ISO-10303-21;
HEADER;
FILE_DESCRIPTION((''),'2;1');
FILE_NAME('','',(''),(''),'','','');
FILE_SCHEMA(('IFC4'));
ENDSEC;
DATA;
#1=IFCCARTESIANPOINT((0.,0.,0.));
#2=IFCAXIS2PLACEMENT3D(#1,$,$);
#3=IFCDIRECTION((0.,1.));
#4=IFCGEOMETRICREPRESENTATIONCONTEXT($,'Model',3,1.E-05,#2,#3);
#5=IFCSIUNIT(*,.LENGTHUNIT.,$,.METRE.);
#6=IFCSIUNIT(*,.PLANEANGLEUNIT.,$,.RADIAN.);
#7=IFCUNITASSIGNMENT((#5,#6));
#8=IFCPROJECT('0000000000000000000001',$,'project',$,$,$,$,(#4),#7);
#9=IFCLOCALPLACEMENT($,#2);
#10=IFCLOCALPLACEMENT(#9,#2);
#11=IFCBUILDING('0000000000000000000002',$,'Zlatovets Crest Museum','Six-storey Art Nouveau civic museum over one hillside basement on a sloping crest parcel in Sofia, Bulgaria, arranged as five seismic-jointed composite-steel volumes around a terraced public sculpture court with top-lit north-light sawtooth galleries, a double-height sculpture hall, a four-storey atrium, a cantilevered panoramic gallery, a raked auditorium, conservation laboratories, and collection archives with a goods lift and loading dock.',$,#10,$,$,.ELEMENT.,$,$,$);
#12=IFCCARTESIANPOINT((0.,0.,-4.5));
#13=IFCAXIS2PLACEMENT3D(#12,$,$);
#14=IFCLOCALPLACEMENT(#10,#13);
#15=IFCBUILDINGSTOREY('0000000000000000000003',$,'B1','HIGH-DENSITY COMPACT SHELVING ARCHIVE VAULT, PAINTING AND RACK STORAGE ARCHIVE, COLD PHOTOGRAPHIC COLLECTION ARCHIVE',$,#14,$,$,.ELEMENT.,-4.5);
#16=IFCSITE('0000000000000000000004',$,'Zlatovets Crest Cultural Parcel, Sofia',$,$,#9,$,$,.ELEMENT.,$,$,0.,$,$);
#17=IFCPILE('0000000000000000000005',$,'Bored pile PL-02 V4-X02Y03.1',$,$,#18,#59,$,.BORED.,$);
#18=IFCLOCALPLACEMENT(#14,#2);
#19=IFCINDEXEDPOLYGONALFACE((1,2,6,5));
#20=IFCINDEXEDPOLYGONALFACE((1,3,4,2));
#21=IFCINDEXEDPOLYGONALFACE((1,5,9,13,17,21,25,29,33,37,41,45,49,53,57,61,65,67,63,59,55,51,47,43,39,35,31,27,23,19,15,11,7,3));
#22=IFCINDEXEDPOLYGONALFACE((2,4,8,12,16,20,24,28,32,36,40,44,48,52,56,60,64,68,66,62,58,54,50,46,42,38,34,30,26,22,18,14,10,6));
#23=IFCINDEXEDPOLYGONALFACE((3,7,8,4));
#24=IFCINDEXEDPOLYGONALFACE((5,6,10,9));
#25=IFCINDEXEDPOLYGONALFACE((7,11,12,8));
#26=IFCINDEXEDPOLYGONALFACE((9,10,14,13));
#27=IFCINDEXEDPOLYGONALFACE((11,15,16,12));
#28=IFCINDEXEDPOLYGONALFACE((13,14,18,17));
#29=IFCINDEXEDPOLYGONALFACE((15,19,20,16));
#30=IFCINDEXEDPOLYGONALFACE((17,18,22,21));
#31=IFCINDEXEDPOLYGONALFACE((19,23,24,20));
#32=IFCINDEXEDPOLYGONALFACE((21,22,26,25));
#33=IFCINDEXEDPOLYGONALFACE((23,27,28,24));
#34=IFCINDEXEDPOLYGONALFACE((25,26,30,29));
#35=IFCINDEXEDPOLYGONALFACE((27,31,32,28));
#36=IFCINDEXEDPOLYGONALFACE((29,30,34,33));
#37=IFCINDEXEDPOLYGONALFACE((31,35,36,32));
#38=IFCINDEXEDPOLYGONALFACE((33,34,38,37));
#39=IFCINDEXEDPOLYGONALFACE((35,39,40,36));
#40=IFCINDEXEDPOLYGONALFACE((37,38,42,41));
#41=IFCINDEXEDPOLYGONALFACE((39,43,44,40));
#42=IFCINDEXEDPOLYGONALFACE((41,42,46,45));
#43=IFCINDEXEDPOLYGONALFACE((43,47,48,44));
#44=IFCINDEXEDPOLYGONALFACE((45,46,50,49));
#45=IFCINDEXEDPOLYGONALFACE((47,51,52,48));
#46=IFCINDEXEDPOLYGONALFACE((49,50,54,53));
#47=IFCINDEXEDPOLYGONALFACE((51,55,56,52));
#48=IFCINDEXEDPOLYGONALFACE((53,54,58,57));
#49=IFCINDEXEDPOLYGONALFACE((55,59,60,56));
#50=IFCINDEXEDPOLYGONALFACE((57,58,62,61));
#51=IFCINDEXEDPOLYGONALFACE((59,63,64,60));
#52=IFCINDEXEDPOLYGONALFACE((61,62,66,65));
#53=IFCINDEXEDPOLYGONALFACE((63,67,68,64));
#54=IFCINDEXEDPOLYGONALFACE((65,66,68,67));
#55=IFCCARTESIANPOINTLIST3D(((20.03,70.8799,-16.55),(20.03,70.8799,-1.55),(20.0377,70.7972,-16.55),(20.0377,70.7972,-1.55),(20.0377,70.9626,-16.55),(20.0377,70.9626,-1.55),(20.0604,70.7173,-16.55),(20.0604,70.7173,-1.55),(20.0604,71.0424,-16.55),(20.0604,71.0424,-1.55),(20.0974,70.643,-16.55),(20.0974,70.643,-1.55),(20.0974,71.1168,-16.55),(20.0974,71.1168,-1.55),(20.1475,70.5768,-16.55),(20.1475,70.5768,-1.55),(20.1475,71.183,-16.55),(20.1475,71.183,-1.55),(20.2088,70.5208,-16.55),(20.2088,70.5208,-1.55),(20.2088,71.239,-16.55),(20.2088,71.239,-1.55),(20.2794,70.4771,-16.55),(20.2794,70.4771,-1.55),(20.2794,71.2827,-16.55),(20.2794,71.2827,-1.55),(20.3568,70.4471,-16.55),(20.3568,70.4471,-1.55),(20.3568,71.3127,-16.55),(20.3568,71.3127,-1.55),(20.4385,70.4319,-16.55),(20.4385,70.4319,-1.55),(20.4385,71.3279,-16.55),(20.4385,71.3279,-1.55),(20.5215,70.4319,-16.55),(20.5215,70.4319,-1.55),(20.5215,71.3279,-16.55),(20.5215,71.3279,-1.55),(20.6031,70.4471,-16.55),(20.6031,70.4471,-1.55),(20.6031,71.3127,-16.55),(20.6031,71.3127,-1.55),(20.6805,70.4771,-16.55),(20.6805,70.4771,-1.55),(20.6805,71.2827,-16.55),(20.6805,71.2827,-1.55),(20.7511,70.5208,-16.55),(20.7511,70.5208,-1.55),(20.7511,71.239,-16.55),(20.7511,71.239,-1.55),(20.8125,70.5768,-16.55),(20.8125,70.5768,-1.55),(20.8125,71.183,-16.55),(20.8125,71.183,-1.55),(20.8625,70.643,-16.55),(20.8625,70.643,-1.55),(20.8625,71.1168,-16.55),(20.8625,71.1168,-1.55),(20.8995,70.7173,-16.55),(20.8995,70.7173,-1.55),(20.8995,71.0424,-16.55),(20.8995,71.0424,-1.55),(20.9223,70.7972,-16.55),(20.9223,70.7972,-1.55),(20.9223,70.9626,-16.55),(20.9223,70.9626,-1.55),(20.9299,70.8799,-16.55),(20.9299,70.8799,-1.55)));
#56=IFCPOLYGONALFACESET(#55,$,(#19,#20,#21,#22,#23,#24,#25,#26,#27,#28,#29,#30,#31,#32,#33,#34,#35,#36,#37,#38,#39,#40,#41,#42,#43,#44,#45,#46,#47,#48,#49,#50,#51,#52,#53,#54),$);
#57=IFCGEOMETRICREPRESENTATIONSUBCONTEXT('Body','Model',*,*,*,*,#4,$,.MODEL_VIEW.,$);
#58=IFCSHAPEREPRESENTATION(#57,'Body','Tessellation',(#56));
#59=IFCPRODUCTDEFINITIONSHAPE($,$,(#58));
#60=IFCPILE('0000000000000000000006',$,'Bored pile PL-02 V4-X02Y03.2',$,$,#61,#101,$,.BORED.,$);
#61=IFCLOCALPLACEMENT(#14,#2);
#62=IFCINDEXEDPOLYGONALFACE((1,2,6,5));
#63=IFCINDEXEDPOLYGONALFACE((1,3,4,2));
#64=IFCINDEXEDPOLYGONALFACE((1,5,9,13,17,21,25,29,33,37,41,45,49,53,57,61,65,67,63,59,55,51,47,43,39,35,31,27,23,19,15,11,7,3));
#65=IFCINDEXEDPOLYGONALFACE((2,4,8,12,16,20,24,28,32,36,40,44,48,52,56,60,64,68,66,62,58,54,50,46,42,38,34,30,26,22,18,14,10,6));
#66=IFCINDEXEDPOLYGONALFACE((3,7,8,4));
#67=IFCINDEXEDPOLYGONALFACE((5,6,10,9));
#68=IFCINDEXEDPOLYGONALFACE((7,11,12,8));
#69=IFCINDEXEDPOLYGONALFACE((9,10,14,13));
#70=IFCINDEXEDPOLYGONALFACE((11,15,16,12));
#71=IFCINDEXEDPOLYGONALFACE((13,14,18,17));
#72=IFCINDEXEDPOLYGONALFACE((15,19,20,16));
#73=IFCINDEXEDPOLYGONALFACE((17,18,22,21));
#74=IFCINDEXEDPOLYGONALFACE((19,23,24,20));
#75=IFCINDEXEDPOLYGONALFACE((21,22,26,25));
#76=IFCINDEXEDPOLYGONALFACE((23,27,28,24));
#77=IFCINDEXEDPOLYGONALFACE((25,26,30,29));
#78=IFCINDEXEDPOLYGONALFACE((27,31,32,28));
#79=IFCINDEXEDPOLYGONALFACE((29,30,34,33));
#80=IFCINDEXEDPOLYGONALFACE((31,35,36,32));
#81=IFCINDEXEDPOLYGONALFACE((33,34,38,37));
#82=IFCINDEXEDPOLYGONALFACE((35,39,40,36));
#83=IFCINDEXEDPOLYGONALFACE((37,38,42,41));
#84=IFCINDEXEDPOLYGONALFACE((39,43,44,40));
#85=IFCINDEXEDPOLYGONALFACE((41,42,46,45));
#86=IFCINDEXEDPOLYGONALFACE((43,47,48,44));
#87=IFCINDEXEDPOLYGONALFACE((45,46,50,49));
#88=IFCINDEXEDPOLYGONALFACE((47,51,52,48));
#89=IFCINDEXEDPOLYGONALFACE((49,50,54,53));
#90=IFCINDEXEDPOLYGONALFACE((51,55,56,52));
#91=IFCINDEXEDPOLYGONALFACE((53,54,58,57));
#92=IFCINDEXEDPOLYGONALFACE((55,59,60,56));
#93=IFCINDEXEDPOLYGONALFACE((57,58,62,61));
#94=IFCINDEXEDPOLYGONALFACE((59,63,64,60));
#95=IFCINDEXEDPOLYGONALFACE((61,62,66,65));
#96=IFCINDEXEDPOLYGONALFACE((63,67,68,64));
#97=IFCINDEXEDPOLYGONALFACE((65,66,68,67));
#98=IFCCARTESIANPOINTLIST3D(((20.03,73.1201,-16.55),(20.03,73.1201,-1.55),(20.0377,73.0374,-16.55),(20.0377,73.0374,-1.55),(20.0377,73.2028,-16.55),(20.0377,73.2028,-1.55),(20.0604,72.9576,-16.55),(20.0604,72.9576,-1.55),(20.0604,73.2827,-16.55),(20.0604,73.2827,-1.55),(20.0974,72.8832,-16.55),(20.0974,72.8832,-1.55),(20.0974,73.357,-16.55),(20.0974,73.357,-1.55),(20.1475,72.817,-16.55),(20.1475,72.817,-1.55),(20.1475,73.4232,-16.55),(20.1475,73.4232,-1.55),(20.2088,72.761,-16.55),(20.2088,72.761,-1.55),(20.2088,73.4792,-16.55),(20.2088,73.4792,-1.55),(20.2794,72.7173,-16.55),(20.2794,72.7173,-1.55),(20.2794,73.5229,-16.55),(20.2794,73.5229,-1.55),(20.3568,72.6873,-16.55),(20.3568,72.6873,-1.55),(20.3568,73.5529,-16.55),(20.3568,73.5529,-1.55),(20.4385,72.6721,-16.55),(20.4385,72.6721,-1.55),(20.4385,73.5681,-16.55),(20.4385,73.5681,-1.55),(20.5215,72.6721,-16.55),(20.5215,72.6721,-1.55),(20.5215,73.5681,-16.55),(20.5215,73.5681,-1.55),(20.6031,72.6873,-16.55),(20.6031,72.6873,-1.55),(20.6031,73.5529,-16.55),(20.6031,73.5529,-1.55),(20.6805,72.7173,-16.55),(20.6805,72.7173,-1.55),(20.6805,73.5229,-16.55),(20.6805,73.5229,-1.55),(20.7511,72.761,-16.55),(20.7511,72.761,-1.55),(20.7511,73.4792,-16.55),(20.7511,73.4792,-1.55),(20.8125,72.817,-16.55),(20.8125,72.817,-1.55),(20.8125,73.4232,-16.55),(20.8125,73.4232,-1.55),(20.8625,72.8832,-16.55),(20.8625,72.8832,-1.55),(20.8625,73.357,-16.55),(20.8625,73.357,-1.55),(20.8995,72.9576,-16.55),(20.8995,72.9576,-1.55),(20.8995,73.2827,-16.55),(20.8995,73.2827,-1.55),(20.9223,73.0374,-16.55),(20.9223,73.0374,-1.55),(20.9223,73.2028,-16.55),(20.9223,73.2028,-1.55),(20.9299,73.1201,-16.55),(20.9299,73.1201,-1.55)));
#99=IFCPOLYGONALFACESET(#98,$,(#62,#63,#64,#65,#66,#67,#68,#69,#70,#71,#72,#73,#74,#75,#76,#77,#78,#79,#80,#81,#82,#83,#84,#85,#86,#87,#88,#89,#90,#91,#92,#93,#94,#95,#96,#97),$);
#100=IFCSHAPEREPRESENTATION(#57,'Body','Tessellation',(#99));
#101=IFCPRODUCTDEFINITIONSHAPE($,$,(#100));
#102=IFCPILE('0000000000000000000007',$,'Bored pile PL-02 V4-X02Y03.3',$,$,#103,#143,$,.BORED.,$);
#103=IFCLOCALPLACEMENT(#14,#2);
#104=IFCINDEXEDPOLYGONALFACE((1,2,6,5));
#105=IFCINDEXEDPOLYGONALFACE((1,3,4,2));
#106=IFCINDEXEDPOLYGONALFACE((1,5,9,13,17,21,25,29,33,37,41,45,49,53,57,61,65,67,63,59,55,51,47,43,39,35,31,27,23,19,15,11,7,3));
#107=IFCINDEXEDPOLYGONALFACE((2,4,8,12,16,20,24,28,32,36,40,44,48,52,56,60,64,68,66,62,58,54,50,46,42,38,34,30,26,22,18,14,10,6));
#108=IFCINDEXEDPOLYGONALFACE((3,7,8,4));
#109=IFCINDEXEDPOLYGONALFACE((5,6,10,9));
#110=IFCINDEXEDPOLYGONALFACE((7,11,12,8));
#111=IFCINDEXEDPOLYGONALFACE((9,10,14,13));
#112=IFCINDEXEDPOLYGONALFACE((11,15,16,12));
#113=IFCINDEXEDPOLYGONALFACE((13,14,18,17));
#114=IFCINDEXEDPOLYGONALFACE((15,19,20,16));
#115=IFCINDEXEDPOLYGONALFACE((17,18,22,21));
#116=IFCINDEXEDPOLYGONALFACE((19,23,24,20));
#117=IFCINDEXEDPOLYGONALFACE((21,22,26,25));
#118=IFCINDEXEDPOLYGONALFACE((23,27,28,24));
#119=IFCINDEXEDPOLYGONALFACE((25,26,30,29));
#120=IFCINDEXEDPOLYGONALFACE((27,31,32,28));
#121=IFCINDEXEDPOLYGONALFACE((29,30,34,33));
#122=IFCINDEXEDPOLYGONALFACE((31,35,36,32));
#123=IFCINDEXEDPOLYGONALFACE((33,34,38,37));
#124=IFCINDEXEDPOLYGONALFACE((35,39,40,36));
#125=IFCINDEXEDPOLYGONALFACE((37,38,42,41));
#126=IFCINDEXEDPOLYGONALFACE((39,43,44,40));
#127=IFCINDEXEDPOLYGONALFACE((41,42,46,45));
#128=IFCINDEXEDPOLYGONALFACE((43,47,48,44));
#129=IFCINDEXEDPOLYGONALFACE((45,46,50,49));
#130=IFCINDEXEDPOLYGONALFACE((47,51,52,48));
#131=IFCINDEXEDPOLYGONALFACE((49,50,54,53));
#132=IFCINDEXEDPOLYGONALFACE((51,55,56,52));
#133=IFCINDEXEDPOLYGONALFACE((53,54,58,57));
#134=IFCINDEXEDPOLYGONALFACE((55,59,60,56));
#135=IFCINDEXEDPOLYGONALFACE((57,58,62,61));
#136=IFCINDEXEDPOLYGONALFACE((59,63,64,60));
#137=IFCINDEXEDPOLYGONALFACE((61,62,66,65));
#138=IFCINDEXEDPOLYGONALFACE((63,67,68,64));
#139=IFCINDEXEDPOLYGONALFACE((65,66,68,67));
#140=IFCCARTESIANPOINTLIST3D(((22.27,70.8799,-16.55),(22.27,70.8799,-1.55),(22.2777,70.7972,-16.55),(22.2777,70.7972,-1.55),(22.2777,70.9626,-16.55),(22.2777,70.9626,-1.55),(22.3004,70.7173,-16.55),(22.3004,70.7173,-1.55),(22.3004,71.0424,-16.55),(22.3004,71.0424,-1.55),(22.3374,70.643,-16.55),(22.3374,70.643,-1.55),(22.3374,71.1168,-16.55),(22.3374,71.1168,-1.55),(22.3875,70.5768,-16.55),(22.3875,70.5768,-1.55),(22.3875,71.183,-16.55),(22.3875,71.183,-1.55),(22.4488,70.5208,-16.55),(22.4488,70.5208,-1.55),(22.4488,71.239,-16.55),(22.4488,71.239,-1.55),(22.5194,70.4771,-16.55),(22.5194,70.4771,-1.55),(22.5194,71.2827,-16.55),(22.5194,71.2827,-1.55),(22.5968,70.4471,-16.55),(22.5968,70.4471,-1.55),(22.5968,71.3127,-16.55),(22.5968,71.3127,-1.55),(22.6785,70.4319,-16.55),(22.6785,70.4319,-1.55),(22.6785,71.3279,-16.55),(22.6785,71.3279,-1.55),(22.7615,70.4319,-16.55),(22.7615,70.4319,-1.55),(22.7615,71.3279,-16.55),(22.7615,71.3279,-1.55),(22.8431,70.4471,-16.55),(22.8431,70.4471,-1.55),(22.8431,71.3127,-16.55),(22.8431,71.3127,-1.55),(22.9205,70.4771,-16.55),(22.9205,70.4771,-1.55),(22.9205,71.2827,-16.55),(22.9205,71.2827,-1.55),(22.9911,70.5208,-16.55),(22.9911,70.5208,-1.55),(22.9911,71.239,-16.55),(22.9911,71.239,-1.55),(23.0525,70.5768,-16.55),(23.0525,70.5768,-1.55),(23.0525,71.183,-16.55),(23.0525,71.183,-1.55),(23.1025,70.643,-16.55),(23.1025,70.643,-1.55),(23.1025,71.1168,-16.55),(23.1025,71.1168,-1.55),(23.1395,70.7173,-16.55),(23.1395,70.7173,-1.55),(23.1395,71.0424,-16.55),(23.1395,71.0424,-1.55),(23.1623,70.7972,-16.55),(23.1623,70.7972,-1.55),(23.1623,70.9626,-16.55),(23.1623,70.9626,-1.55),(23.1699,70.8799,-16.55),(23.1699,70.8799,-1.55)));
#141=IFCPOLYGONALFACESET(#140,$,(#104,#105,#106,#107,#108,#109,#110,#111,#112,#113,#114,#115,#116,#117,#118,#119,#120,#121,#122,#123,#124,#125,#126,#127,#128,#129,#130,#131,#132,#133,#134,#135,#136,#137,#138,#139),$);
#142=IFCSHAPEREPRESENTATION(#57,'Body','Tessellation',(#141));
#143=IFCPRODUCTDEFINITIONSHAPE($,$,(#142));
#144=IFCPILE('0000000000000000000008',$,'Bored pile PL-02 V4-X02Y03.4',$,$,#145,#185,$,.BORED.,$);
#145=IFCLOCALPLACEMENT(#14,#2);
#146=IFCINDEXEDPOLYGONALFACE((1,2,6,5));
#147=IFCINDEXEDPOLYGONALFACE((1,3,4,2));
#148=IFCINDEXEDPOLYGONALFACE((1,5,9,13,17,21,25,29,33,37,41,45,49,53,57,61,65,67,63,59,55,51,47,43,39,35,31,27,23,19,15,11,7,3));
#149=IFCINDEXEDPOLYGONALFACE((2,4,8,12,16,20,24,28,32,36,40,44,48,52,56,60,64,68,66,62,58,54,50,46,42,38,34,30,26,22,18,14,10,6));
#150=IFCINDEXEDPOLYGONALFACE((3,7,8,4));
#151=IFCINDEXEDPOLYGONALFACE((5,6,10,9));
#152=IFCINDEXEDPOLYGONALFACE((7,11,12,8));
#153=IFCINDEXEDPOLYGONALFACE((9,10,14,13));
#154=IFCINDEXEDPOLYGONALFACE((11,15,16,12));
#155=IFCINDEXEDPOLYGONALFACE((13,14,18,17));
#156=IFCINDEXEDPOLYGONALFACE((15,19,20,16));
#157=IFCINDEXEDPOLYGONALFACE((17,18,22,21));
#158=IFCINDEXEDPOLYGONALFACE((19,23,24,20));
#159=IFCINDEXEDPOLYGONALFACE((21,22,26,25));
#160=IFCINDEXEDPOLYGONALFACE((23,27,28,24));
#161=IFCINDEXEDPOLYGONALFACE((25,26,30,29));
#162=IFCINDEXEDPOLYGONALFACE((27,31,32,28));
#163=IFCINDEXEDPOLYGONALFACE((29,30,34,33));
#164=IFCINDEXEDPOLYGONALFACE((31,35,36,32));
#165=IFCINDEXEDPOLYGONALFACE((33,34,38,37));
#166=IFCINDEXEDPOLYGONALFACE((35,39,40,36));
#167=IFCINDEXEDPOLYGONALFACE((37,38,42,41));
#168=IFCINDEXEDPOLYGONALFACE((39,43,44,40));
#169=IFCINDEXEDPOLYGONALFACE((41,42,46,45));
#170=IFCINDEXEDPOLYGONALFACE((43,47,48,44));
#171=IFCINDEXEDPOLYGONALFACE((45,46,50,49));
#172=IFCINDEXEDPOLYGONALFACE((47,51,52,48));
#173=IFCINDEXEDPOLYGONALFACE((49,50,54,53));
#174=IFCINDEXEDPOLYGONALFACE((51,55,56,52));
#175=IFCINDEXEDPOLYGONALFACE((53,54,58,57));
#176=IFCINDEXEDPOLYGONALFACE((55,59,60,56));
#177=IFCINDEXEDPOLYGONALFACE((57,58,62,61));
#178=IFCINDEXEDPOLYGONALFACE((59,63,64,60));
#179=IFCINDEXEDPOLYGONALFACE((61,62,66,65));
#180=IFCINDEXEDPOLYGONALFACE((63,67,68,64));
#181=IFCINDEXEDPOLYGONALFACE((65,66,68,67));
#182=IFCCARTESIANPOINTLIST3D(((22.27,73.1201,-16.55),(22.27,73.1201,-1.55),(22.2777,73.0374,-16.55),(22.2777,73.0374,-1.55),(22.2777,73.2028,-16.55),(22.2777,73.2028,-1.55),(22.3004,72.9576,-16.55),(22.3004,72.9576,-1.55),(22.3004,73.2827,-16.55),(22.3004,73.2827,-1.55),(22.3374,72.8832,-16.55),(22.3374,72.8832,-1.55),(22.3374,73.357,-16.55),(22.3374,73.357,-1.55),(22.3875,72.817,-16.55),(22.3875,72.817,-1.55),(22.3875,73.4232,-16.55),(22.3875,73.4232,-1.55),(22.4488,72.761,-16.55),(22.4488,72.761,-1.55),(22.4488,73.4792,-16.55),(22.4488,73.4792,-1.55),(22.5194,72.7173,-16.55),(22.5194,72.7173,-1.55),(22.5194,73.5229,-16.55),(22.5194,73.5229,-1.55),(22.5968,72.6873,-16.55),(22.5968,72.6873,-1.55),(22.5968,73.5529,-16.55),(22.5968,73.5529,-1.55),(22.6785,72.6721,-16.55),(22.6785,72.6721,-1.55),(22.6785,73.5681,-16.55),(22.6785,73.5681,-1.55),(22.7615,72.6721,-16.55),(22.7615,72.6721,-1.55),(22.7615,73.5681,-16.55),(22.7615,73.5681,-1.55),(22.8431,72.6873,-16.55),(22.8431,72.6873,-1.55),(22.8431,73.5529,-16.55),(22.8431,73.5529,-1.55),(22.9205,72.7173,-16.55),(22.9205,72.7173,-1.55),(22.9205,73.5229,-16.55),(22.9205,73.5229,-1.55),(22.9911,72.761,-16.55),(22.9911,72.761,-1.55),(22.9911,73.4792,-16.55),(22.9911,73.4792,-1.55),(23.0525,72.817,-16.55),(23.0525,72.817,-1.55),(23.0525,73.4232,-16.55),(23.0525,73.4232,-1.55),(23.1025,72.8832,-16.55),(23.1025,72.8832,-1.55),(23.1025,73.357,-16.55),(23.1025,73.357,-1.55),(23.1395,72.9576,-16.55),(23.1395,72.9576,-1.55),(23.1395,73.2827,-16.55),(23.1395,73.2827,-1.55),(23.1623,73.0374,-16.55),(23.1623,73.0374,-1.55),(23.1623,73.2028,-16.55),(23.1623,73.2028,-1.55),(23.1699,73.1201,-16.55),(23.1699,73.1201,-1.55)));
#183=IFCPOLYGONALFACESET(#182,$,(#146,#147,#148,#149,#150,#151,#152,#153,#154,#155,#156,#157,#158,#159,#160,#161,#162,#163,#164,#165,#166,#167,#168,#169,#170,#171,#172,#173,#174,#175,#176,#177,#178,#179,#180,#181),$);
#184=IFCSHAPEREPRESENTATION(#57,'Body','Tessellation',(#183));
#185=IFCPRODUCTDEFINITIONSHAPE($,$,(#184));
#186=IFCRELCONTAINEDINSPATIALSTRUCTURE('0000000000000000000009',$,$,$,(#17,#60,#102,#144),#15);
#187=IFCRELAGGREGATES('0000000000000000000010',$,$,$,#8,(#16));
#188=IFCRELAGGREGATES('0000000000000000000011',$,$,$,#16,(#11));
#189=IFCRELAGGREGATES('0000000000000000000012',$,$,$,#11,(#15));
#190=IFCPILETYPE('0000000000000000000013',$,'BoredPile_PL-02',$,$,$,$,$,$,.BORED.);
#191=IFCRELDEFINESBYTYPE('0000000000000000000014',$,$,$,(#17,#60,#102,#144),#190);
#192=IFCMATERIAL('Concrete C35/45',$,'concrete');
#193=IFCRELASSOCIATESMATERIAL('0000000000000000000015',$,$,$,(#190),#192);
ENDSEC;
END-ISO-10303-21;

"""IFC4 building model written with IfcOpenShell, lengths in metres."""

from ifc_helpers import new_model, si_unit, direction, frame, origin, origin_2d, place, context, subcontext, project, spatial, circle, extrude, material, material_profile, profile_set, type_object, element, save


model = new_model("IFC4")

# Units and contexts
model_context = context("Model", 3, precision=1e-05, world=origin(), true_north=direction((0.0, 1.0)))
body_context = subcontext(model_context, "Body", "Model", "MODEL_VIEW")
ifc_project = project(units=[si_unit("LENGTHUNIT", "METRE"), si_unit("PLANEANGLEUNIT", "RADIAN")], contexts=[model_context])

# Site, building, storey
site_placement = place(None, origin())
site = spatial("IfcSite", under=ifc_project, at=site_placement, Name="Zlatovets Crest Cultural Parcel, Sofia", CompositionType="ELEMENT", RefElevation=0.0)
building_placement = place(site_placement, origin())
building = spatial("IfcBuilding", under=site, at=building_placement, Name="Zlatovets Crest Museum", Description="Six-storey Art Nouveau civic museum over one hillside basement on a sloping crest parcel in Sofia, Bulgaria, arranged as five seismic-jointed composite-steel volumes around a terraced public sculpture court with top-lit north-light sawtooth galleries, a double-height sculpture hall, a four-storey atrium, a cantilevered panoramic gallery, a raked auditorium, conservation laboratories, and collection archives with a goods lift and loading dock.", CompositionType="ELEMENT")
storey_placement = place(building_placement, frame((0.0, 0.0, -4.5)))
storey = spatial("IfcBuildingStorey", under=building, at=storey_placement, Name="B1", Description="HIGH-DENSITY COMPACT SHELVING ARCHIVE VAULT, PAINTING AND RACK STORAGE ARCHIVE, COLD PHOTOGRAPHIC COLLECTION ARCHIVE", CompositionType="ELEMENT", Elevation=-4.5)

# Piles
ifc_material_1 = material(Name="Concrete C35/45", Category="concrete")
ifc_material_profile_1 = material_profile(ifc_material_1, circle(Radius=0.45, at=origin_2d()), Name="PILE D900")
ifc_profile_set_1 = profile_set([ifc_material_profile_1], Name="Concrete C35/45")
pile_type = type_object("IfcPileType", Name="BoredPile_PL-02", PredefinedType="BORED", material=ifc_profile_set_1)
for number, where, z_axis, x_axis, name in (
    (1, (20.48, 70.8799, -1.55), (0.0, 0.0, -1.0), (1.0, 0.0, 0.0), "Bored pile PL-02 V4-X02Y03.1"),
    (2, (20.48, 73.1201, -1.55), (0.0, 0.0, -1.0), (1.0, 0.0, 0.0), "Bored pile PL-02 V4-X02Y03.2"),
    (3, (22.72, 70.8799, -1.55), (0.0, 0.0, -1.0), (1.0, 0.0, 0.0), "Bored pile PL-02 V4-X02Y03.3"),
    (4, (22.72, 73.1201, -1.55), (0.0, 0.0, -1.0), (1.0, 0.0, 0.0), "Bored pile PL-02 V4-X02Y03.4"),
):
    element("IfcPile", number, at=place(storey_placement, frame(where, z_axis=z_axis, x_axis=x_axis)), inside=storey, type_object=pile_type, Name=name, PredefinedType="BORED", context=body_context, shape_type="SweptSolid", body=[
        extrude(circle(Radius=0.45, at=origin_2d()), origin(), (0.0, 0.0, 1.0), 15.0),
    ])

save(model, "model.ifc")
